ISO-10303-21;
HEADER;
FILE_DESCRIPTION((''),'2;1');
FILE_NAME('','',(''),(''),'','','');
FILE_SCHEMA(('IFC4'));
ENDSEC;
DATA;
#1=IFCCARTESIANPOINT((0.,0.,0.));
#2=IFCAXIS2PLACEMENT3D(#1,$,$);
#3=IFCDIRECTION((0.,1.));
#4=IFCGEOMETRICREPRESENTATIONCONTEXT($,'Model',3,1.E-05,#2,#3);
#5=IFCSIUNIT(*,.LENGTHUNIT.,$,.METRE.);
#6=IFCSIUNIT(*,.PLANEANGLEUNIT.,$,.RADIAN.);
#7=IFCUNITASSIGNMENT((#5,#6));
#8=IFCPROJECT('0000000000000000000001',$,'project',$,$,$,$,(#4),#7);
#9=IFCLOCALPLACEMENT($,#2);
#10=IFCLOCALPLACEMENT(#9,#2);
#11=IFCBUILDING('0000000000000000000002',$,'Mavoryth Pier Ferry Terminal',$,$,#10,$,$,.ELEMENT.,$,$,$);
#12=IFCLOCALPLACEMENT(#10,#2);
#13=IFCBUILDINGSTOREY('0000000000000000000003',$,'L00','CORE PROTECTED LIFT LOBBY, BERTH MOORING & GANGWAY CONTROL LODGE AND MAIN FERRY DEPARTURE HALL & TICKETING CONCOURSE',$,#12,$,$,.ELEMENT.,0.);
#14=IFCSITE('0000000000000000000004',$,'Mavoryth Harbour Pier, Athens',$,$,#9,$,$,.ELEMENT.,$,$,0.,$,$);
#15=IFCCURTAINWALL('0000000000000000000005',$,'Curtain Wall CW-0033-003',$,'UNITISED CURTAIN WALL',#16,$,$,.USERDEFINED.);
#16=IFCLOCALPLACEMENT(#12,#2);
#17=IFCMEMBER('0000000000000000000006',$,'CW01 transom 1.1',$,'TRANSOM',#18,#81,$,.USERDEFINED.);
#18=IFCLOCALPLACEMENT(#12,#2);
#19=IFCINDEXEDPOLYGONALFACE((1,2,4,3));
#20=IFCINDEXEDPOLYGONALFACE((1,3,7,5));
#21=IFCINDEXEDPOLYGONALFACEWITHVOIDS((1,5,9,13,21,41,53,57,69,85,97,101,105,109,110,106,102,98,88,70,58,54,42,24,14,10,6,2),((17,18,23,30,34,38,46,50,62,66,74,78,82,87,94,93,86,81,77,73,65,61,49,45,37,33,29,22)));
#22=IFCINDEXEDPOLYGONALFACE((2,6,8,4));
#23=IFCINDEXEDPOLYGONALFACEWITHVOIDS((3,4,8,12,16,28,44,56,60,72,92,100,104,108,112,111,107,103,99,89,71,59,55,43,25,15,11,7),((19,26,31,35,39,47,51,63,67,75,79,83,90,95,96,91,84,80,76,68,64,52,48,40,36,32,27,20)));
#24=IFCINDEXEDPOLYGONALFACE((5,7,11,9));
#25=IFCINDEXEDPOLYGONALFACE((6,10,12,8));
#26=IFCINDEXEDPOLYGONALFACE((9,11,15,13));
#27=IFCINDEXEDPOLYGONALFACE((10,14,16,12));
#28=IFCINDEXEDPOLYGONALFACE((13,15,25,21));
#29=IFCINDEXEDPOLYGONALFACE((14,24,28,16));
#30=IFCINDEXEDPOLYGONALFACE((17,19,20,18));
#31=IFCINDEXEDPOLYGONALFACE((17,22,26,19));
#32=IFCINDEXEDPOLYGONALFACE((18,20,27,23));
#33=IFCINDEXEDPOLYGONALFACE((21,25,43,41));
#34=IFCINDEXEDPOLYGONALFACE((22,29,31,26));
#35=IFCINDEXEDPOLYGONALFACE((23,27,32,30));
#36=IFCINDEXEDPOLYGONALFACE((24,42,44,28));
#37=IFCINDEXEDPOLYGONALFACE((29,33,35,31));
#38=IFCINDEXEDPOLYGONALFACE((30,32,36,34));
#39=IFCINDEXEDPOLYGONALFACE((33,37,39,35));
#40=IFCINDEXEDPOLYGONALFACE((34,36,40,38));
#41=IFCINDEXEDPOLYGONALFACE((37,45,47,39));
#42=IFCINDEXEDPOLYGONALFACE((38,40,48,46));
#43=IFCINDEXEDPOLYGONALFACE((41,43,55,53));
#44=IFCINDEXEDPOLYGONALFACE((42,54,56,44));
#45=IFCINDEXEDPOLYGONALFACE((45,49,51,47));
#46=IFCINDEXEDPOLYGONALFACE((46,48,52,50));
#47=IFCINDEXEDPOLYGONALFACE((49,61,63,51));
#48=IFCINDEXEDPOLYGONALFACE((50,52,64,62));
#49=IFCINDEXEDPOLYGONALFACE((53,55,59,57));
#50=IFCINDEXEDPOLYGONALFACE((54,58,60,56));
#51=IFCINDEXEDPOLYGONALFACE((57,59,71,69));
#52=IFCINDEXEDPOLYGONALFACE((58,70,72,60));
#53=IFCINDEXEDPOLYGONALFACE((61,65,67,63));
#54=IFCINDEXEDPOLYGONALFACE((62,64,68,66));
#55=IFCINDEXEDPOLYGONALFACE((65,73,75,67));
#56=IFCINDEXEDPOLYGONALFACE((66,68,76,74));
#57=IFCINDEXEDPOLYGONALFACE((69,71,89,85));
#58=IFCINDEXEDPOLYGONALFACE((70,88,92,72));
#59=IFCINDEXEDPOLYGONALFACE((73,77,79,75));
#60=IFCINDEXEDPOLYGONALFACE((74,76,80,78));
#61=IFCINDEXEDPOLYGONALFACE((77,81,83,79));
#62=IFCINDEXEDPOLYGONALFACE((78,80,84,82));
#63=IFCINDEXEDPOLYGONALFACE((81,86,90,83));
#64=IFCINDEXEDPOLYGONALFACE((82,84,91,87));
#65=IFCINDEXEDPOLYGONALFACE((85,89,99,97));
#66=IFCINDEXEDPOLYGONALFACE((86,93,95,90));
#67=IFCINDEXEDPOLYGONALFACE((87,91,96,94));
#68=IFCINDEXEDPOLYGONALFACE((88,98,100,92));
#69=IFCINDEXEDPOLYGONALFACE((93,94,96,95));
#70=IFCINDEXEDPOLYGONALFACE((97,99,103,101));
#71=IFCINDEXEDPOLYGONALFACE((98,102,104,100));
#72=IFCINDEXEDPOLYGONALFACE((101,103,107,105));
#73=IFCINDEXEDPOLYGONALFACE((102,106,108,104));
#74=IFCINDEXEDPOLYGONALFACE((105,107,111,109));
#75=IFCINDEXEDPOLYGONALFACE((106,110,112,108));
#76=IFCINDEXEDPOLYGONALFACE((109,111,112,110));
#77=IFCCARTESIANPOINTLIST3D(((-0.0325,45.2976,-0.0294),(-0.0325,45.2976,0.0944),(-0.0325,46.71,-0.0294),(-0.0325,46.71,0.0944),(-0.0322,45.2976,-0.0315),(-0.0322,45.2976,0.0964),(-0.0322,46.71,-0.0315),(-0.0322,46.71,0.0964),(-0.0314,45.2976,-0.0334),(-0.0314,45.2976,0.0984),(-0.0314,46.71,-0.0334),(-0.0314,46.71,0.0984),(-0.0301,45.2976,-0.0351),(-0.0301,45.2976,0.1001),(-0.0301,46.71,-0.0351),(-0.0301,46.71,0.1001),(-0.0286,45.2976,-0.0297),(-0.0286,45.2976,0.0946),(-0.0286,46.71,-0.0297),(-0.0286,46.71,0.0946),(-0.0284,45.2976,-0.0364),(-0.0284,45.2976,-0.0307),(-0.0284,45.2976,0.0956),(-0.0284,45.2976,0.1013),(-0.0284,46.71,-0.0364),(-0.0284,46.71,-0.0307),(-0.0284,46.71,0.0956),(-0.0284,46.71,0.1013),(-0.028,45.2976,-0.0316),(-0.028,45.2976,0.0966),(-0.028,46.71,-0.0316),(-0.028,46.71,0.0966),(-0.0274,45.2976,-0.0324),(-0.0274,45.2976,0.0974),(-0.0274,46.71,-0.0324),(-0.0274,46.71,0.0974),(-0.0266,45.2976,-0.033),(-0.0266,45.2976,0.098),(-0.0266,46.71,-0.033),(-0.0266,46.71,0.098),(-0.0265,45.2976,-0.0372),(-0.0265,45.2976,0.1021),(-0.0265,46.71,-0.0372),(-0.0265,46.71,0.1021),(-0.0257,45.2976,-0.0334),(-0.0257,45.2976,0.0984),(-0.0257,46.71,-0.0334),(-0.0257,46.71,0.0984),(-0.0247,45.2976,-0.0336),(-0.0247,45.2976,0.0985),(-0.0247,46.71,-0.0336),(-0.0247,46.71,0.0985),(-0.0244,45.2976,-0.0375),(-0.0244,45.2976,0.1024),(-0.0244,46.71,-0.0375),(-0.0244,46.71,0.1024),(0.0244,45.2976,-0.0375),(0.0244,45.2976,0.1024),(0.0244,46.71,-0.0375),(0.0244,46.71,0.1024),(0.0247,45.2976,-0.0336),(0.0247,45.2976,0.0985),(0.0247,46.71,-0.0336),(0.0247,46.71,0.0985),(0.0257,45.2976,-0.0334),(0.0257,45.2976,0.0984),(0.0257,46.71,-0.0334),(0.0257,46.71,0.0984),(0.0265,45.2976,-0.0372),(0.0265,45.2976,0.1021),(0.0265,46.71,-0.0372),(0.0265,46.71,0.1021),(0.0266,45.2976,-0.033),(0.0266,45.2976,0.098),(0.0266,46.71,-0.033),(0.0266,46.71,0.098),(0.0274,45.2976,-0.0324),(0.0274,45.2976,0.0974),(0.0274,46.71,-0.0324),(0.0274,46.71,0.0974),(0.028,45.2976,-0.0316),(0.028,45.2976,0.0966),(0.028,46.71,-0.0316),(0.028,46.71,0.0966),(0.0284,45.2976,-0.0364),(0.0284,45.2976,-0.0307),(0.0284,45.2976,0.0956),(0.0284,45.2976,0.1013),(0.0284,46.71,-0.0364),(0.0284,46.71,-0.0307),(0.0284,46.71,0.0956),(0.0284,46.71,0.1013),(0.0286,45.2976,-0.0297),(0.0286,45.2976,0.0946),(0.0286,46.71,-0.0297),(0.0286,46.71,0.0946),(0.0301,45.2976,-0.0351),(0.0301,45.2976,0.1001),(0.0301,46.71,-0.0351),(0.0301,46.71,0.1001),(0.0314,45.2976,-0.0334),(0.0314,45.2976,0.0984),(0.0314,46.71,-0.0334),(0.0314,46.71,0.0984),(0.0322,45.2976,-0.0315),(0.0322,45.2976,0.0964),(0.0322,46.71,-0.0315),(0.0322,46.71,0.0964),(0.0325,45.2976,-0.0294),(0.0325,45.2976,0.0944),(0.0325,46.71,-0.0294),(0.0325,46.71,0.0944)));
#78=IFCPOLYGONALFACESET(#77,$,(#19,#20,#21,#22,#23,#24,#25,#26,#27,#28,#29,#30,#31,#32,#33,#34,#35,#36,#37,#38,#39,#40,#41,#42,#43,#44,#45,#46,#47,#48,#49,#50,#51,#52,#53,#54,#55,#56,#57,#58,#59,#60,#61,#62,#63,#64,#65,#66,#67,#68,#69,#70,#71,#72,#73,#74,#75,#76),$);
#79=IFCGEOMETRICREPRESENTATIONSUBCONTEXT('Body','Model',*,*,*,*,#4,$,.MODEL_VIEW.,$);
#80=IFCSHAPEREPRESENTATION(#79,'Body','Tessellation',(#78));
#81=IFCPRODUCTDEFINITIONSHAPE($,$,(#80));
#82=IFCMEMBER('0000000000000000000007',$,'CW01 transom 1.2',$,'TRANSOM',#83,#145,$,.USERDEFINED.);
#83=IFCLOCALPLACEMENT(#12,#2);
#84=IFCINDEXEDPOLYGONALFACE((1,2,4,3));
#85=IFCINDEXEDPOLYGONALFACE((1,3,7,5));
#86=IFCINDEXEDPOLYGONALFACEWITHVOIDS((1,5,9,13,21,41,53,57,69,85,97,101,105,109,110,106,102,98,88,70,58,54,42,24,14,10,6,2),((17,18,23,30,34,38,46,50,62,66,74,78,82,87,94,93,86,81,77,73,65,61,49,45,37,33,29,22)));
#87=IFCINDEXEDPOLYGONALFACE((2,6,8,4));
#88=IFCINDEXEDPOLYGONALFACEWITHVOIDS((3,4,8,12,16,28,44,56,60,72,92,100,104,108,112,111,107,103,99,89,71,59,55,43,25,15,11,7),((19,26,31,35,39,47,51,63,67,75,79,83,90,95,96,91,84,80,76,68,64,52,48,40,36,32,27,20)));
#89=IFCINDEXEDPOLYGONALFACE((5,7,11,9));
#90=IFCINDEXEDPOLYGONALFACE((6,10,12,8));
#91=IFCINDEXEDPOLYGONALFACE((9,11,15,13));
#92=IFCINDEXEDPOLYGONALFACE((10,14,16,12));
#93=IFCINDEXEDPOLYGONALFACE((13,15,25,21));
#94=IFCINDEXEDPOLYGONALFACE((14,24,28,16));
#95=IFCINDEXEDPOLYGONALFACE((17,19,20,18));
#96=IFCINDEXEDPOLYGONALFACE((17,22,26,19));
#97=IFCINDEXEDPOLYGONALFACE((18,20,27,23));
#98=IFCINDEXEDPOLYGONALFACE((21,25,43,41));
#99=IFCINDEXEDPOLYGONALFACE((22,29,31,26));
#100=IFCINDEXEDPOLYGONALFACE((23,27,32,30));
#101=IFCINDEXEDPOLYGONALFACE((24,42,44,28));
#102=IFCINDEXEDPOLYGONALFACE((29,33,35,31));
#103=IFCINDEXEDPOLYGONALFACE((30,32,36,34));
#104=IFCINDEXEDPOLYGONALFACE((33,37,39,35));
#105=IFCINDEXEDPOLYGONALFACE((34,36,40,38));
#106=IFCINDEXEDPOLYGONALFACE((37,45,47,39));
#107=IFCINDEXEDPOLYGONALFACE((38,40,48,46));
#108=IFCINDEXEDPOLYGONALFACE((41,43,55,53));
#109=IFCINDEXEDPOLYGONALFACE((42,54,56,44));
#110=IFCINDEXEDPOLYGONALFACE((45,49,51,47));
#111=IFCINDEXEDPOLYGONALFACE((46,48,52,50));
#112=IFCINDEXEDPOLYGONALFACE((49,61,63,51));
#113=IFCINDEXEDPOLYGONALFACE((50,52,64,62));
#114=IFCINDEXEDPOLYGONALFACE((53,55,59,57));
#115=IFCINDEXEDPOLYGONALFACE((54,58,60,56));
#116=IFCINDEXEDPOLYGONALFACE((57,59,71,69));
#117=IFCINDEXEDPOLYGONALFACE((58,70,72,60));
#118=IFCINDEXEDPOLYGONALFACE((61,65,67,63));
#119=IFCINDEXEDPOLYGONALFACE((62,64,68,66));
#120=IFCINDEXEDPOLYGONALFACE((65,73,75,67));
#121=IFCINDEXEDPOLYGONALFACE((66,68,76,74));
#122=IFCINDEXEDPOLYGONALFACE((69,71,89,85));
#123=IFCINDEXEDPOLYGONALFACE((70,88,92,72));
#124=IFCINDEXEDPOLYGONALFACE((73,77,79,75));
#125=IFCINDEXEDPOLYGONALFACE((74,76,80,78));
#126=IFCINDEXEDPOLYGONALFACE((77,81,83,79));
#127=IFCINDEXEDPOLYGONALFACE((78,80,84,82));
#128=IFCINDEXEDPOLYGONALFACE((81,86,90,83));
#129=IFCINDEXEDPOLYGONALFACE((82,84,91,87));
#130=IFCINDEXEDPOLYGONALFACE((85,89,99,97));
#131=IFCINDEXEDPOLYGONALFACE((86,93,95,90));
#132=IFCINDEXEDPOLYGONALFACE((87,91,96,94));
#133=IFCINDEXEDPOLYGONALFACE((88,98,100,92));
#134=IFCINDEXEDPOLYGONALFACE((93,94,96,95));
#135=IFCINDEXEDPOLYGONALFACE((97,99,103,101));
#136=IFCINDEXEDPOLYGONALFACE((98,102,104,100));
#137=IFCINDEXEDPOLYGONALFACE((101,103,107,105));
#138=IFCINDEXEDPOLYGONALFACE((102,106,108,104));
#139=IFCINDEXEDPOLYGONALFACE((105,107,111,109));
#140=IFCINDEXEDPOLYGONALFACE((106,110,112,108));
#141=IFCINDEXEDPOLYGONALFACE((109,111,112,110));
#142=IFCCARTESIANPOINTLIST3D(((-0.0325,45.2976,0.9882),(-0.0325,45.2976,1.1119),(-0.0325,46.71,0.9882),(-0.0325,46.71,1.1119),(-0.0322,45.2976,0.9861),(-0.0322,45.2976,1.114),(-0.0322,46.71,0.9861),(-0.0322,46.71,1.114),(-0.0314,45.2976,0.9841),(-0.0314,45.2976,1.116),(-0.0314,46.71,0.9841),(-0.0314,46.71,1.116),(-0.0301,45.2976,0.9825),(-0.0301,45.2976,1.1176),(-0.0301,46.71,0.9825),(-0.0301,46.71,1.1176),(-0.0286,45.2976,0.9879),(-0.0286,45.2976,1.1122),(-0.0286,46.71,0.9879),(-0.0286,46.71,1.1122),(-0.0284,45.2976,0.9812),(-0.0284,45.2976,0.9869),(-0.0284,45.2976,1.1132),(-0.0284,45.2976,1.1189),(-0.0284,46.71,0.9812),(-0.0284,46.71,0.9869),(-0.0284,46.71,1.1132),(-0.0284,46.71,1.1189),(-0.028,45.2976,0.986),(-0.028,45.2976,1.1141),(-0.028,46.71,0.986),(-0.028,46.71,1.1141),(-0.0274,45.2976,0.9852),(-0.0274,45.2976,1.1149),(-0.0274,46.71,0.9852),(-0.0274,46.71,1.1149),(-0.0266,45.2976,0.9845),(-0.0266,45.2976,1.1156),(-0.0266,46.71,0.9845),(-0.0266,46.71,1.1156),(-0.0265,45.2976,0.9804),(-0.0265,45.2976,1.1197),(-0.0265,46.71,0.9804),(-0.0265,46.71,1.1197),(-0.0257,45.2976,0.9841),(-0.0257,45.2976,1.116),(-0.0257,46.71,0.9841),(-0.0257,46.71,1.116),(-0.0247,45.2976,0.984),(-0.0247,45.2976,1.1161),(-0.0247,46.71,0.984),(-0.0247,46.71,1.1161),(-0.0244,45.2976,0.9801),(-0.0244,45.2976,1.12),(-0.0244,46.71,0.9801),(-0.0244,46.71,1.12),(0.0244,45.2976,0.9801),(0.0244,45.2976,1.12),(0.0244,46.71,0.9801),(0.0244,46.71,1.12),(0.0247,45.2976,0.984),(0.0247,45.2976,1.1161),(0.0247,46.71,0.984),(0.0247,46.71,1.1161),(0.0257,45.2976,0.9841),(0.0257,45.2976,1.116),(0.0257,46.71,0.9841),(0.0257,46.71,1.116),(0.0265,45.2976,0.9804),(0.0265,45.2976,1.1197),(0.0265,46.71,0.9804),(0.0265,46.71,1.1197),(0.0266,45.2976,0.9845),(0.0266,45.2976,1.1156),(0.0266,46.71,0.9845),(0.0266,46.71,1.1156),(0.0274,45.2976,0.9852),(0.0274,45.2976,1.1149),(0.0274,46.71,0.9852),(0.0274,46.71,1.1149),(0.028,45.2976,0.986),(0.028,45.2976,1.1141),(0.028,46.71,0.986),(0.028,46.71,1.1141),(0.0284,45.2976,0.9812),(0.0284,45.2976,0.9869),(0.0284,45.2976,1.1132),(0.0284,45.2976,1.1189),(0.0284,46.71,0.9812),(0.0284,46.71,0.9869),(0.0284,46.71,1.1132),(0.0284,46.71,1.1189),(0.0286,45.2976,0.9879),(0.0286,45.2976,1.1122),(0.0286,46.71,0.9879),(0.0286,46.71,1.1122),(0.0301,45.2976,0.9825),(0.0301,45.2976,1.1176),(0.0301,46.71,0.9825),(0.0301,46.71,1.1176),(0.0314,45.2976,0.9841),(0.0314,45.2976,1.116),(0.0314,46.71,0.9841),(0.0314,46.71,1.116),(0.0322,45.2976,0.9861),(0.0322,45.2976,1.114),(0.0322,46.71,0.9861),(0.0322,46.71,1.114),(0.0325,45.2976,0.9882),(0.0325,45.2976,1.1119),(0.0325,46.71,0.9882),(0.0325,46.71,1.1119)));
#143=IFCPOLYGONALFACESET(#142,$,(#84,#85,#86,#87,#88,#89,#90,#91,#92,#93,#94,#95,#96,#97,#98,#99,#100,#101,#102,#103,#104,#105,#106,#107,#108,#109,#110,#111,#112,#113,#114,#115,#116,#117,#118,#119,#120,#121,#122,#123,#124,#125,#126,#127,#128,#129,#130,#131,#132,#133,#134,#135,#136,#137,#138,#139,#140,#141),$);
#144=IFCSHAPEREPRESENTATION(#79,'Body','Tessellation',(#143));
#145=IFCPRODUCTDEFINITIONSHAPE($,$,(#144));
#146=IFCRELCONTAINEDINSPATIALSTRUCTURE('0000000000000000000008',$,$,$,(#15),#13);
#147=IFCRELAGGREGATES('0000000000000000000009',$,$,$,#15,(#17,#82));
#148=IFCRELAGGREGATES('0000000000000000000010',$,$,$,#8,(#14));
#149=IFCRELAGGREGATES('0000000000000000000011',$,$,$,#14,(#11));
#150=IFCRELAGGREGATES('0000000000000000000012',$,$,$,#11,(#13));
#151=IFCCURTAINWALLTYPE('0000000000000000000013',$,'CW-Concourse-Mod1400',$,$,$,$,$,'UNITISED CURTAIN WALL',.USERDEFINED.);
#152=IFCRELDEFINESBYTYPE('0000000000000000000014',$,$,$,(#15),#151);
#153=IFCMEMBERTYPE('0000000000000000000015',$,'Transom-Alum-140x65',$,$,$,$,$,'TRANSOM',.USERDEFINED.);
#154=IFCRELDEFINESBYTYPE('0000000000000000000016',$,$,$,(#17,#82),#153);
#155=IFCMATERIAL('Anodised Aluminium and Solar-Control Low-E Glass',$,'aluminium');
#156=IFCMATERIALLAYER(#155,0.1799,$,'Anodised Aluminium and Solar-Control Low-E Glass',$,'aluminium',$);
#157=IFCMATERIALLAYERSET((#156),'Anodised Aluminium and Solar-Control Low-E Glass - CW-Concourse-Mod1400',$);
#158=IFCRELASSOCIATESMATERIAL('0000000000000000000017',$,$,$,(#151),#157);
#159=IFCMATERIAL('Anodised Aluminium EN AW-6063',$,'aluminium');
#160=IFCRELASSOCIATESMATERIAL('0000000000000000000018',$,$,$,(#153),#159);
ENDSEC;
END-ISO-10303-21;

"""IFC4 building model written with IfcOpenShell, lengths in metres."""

from ifc_helpers import new_model, si_unit, direction, frame, origin, origin_2d, place, context, subcontext, project, spatial, hollow_rectangle, extrude, material, layer, layer_set, material_profile, profile_set, type_object, element, aggregate, save


model = new_model("IFC4")

# Units and contexts
model_context = context("Model", 3, precision=1e-05, world=origin(), true_north=direction((0.0, 1.0)))
body_context = subcontext(model_context, "Body", "Model", "MODEL_VIEW")
ifc_project = project(units=[si_unit("LENGTHUNIT", "METRE"), si_unit("PLANEANGLEUNIT", "RADIAN")], contexts=[model_context])

# Site, building, storey
site_placement = place(None, origin())
site = spatial("IfcSite", under=ifc_project, at=site_placement, Name="Mavoryth Harbour Pier, Athens", CompositionType="ELEMENT", RefElevation=0.0)
building_placement = place(site_placement, origin())
building = spatial("IfcBuilding", under=site, at=building_placement, Name="Mavoryth Pier Ferry Terminal", CompositionType="ELEMENT")
storey_placement = place(building_placement, origin())
storey = spatial("IfcBuildingStorey", under=building, at=storey_placement, Name="L00", Description="CORE PROTECTED LIFT LOBBY, BERTH MOORING & GANGWAY CONTROL LODGE AND MAIN FERRY DEPARTURE HALL & TICKETING CONCOURSE", CompositionType="ELEMENT", Elevation=0.0)

# Curtain wall
ifc_material_1 = material(Name="Anodised Aluminium and Solar-Control Low-E Glass", Category="aluminium")
ifc_layer_1 = layer(ifc_material_1, 0.1799, Name="Anodised Aluminium and Solar-Control Low-E Glass", Category="aluminium")
ifc_layer_set_1 = layer_set([ifc_layer_1], Name="Anodised Aluminium and Solar-Control Low-E Glass - CW-Concourse-Mod1400")
curtain_wall_type = type_object("IfcCurtainWallType", Name="CW-Concourse-Mod1400", ElementType="UNITISED CURTAIN WALL", PredefinedType="USERDEFINED", material=ifc_layer_set_1)
curtain_wall_1_placement = place(storey_placement, origin())
curtain_wall_1 = element("IfcCurtainWall", 1, at=curtain_wall_1_placement, inside=storey, type_object=curtain_wall_type, Name="Curtain Wall CW-0033-003", ObjectType="UNITISED CURTAIN WALL", PredefinedType="USERDEFINED")
ifc_material_2 = material(Name="Anodised Aluminium EN AW-6063", Category="aluminium")

# Members
ifc_material_profile_1 = material_profile(ifc_material_2, hollow_rectangle(XDim=0.0649, YDim=0.1399, WallThickness=0.0039, InnerFilletRadius=0.0039, OuterFilletRadius=0.0081, at=origin_2d()), Name="AL-TRAN 140x65x4", Category="aluminium")
ifc_profile_set_1 = profile_set([ifc_material_profile_1], Name="Anodised Aluminium EN AW-6063 - AL-TRAN 140x65x4")
member_type_1 = type_object("IfcMemberType", Name="Transom-Alum-140x65", ElementType="TRANSOM", PredefinedType="USERDEFINED", material=ifc_profile_set_1)
member_1_placement = place(storey_placement, frame((0.0, 46.71, 0.0325), z_axis=(0.0, -1.0, 0.0), x_axis=(1.0, 0.0, 0.0)))
member_1 = element("IfcMember", 2, at=member_1_placement, type_object=member_type_1, Name="CW01 transom 1.1", ObjectType="TRANSOM", PredefinedType="USERDEFINED", context=body_context, shape_type="SweptSolid", body=[
    extrude(hollow_rectangle(XDim=0.0649, YDim=0.1399, WallThickness=0.0039, InnerFilletRadius=0.0039, OuterFilletRadius=0.0081, at=origin_2d()), origin(), (0.0, 0.0, 1.0), 1.4124),
])
member_2_placement = place(storey_placement, frame((0.0, 46.71, 1.05), z_axis=(0.0, -1.0, 0.0), x_axis=(1.0, 0.0, 0.0)))
member_2 = element("IfcMember", 3, at=member_2_placement, type_object=member_type_1, Name="CW01 transom 1.2", ObjectType="TRANSOM", PredefinedType="USERDEFINED", context=body_context, shape_type="SweptSolid", body=[
    extrude(hollow_rectangle(XDim=0.0649, YDim=0.1399, WallThickness=0.0039, InnerFilletRadius=0.0039, OuterFilletRadius=0.0081, at=origin_2d()), origin(), (0.0, 0.0, 1.0), 1.4124),
])

aggregate(curtain_wall_1, [member_1, member_2])

save(model, "model.ifc")
